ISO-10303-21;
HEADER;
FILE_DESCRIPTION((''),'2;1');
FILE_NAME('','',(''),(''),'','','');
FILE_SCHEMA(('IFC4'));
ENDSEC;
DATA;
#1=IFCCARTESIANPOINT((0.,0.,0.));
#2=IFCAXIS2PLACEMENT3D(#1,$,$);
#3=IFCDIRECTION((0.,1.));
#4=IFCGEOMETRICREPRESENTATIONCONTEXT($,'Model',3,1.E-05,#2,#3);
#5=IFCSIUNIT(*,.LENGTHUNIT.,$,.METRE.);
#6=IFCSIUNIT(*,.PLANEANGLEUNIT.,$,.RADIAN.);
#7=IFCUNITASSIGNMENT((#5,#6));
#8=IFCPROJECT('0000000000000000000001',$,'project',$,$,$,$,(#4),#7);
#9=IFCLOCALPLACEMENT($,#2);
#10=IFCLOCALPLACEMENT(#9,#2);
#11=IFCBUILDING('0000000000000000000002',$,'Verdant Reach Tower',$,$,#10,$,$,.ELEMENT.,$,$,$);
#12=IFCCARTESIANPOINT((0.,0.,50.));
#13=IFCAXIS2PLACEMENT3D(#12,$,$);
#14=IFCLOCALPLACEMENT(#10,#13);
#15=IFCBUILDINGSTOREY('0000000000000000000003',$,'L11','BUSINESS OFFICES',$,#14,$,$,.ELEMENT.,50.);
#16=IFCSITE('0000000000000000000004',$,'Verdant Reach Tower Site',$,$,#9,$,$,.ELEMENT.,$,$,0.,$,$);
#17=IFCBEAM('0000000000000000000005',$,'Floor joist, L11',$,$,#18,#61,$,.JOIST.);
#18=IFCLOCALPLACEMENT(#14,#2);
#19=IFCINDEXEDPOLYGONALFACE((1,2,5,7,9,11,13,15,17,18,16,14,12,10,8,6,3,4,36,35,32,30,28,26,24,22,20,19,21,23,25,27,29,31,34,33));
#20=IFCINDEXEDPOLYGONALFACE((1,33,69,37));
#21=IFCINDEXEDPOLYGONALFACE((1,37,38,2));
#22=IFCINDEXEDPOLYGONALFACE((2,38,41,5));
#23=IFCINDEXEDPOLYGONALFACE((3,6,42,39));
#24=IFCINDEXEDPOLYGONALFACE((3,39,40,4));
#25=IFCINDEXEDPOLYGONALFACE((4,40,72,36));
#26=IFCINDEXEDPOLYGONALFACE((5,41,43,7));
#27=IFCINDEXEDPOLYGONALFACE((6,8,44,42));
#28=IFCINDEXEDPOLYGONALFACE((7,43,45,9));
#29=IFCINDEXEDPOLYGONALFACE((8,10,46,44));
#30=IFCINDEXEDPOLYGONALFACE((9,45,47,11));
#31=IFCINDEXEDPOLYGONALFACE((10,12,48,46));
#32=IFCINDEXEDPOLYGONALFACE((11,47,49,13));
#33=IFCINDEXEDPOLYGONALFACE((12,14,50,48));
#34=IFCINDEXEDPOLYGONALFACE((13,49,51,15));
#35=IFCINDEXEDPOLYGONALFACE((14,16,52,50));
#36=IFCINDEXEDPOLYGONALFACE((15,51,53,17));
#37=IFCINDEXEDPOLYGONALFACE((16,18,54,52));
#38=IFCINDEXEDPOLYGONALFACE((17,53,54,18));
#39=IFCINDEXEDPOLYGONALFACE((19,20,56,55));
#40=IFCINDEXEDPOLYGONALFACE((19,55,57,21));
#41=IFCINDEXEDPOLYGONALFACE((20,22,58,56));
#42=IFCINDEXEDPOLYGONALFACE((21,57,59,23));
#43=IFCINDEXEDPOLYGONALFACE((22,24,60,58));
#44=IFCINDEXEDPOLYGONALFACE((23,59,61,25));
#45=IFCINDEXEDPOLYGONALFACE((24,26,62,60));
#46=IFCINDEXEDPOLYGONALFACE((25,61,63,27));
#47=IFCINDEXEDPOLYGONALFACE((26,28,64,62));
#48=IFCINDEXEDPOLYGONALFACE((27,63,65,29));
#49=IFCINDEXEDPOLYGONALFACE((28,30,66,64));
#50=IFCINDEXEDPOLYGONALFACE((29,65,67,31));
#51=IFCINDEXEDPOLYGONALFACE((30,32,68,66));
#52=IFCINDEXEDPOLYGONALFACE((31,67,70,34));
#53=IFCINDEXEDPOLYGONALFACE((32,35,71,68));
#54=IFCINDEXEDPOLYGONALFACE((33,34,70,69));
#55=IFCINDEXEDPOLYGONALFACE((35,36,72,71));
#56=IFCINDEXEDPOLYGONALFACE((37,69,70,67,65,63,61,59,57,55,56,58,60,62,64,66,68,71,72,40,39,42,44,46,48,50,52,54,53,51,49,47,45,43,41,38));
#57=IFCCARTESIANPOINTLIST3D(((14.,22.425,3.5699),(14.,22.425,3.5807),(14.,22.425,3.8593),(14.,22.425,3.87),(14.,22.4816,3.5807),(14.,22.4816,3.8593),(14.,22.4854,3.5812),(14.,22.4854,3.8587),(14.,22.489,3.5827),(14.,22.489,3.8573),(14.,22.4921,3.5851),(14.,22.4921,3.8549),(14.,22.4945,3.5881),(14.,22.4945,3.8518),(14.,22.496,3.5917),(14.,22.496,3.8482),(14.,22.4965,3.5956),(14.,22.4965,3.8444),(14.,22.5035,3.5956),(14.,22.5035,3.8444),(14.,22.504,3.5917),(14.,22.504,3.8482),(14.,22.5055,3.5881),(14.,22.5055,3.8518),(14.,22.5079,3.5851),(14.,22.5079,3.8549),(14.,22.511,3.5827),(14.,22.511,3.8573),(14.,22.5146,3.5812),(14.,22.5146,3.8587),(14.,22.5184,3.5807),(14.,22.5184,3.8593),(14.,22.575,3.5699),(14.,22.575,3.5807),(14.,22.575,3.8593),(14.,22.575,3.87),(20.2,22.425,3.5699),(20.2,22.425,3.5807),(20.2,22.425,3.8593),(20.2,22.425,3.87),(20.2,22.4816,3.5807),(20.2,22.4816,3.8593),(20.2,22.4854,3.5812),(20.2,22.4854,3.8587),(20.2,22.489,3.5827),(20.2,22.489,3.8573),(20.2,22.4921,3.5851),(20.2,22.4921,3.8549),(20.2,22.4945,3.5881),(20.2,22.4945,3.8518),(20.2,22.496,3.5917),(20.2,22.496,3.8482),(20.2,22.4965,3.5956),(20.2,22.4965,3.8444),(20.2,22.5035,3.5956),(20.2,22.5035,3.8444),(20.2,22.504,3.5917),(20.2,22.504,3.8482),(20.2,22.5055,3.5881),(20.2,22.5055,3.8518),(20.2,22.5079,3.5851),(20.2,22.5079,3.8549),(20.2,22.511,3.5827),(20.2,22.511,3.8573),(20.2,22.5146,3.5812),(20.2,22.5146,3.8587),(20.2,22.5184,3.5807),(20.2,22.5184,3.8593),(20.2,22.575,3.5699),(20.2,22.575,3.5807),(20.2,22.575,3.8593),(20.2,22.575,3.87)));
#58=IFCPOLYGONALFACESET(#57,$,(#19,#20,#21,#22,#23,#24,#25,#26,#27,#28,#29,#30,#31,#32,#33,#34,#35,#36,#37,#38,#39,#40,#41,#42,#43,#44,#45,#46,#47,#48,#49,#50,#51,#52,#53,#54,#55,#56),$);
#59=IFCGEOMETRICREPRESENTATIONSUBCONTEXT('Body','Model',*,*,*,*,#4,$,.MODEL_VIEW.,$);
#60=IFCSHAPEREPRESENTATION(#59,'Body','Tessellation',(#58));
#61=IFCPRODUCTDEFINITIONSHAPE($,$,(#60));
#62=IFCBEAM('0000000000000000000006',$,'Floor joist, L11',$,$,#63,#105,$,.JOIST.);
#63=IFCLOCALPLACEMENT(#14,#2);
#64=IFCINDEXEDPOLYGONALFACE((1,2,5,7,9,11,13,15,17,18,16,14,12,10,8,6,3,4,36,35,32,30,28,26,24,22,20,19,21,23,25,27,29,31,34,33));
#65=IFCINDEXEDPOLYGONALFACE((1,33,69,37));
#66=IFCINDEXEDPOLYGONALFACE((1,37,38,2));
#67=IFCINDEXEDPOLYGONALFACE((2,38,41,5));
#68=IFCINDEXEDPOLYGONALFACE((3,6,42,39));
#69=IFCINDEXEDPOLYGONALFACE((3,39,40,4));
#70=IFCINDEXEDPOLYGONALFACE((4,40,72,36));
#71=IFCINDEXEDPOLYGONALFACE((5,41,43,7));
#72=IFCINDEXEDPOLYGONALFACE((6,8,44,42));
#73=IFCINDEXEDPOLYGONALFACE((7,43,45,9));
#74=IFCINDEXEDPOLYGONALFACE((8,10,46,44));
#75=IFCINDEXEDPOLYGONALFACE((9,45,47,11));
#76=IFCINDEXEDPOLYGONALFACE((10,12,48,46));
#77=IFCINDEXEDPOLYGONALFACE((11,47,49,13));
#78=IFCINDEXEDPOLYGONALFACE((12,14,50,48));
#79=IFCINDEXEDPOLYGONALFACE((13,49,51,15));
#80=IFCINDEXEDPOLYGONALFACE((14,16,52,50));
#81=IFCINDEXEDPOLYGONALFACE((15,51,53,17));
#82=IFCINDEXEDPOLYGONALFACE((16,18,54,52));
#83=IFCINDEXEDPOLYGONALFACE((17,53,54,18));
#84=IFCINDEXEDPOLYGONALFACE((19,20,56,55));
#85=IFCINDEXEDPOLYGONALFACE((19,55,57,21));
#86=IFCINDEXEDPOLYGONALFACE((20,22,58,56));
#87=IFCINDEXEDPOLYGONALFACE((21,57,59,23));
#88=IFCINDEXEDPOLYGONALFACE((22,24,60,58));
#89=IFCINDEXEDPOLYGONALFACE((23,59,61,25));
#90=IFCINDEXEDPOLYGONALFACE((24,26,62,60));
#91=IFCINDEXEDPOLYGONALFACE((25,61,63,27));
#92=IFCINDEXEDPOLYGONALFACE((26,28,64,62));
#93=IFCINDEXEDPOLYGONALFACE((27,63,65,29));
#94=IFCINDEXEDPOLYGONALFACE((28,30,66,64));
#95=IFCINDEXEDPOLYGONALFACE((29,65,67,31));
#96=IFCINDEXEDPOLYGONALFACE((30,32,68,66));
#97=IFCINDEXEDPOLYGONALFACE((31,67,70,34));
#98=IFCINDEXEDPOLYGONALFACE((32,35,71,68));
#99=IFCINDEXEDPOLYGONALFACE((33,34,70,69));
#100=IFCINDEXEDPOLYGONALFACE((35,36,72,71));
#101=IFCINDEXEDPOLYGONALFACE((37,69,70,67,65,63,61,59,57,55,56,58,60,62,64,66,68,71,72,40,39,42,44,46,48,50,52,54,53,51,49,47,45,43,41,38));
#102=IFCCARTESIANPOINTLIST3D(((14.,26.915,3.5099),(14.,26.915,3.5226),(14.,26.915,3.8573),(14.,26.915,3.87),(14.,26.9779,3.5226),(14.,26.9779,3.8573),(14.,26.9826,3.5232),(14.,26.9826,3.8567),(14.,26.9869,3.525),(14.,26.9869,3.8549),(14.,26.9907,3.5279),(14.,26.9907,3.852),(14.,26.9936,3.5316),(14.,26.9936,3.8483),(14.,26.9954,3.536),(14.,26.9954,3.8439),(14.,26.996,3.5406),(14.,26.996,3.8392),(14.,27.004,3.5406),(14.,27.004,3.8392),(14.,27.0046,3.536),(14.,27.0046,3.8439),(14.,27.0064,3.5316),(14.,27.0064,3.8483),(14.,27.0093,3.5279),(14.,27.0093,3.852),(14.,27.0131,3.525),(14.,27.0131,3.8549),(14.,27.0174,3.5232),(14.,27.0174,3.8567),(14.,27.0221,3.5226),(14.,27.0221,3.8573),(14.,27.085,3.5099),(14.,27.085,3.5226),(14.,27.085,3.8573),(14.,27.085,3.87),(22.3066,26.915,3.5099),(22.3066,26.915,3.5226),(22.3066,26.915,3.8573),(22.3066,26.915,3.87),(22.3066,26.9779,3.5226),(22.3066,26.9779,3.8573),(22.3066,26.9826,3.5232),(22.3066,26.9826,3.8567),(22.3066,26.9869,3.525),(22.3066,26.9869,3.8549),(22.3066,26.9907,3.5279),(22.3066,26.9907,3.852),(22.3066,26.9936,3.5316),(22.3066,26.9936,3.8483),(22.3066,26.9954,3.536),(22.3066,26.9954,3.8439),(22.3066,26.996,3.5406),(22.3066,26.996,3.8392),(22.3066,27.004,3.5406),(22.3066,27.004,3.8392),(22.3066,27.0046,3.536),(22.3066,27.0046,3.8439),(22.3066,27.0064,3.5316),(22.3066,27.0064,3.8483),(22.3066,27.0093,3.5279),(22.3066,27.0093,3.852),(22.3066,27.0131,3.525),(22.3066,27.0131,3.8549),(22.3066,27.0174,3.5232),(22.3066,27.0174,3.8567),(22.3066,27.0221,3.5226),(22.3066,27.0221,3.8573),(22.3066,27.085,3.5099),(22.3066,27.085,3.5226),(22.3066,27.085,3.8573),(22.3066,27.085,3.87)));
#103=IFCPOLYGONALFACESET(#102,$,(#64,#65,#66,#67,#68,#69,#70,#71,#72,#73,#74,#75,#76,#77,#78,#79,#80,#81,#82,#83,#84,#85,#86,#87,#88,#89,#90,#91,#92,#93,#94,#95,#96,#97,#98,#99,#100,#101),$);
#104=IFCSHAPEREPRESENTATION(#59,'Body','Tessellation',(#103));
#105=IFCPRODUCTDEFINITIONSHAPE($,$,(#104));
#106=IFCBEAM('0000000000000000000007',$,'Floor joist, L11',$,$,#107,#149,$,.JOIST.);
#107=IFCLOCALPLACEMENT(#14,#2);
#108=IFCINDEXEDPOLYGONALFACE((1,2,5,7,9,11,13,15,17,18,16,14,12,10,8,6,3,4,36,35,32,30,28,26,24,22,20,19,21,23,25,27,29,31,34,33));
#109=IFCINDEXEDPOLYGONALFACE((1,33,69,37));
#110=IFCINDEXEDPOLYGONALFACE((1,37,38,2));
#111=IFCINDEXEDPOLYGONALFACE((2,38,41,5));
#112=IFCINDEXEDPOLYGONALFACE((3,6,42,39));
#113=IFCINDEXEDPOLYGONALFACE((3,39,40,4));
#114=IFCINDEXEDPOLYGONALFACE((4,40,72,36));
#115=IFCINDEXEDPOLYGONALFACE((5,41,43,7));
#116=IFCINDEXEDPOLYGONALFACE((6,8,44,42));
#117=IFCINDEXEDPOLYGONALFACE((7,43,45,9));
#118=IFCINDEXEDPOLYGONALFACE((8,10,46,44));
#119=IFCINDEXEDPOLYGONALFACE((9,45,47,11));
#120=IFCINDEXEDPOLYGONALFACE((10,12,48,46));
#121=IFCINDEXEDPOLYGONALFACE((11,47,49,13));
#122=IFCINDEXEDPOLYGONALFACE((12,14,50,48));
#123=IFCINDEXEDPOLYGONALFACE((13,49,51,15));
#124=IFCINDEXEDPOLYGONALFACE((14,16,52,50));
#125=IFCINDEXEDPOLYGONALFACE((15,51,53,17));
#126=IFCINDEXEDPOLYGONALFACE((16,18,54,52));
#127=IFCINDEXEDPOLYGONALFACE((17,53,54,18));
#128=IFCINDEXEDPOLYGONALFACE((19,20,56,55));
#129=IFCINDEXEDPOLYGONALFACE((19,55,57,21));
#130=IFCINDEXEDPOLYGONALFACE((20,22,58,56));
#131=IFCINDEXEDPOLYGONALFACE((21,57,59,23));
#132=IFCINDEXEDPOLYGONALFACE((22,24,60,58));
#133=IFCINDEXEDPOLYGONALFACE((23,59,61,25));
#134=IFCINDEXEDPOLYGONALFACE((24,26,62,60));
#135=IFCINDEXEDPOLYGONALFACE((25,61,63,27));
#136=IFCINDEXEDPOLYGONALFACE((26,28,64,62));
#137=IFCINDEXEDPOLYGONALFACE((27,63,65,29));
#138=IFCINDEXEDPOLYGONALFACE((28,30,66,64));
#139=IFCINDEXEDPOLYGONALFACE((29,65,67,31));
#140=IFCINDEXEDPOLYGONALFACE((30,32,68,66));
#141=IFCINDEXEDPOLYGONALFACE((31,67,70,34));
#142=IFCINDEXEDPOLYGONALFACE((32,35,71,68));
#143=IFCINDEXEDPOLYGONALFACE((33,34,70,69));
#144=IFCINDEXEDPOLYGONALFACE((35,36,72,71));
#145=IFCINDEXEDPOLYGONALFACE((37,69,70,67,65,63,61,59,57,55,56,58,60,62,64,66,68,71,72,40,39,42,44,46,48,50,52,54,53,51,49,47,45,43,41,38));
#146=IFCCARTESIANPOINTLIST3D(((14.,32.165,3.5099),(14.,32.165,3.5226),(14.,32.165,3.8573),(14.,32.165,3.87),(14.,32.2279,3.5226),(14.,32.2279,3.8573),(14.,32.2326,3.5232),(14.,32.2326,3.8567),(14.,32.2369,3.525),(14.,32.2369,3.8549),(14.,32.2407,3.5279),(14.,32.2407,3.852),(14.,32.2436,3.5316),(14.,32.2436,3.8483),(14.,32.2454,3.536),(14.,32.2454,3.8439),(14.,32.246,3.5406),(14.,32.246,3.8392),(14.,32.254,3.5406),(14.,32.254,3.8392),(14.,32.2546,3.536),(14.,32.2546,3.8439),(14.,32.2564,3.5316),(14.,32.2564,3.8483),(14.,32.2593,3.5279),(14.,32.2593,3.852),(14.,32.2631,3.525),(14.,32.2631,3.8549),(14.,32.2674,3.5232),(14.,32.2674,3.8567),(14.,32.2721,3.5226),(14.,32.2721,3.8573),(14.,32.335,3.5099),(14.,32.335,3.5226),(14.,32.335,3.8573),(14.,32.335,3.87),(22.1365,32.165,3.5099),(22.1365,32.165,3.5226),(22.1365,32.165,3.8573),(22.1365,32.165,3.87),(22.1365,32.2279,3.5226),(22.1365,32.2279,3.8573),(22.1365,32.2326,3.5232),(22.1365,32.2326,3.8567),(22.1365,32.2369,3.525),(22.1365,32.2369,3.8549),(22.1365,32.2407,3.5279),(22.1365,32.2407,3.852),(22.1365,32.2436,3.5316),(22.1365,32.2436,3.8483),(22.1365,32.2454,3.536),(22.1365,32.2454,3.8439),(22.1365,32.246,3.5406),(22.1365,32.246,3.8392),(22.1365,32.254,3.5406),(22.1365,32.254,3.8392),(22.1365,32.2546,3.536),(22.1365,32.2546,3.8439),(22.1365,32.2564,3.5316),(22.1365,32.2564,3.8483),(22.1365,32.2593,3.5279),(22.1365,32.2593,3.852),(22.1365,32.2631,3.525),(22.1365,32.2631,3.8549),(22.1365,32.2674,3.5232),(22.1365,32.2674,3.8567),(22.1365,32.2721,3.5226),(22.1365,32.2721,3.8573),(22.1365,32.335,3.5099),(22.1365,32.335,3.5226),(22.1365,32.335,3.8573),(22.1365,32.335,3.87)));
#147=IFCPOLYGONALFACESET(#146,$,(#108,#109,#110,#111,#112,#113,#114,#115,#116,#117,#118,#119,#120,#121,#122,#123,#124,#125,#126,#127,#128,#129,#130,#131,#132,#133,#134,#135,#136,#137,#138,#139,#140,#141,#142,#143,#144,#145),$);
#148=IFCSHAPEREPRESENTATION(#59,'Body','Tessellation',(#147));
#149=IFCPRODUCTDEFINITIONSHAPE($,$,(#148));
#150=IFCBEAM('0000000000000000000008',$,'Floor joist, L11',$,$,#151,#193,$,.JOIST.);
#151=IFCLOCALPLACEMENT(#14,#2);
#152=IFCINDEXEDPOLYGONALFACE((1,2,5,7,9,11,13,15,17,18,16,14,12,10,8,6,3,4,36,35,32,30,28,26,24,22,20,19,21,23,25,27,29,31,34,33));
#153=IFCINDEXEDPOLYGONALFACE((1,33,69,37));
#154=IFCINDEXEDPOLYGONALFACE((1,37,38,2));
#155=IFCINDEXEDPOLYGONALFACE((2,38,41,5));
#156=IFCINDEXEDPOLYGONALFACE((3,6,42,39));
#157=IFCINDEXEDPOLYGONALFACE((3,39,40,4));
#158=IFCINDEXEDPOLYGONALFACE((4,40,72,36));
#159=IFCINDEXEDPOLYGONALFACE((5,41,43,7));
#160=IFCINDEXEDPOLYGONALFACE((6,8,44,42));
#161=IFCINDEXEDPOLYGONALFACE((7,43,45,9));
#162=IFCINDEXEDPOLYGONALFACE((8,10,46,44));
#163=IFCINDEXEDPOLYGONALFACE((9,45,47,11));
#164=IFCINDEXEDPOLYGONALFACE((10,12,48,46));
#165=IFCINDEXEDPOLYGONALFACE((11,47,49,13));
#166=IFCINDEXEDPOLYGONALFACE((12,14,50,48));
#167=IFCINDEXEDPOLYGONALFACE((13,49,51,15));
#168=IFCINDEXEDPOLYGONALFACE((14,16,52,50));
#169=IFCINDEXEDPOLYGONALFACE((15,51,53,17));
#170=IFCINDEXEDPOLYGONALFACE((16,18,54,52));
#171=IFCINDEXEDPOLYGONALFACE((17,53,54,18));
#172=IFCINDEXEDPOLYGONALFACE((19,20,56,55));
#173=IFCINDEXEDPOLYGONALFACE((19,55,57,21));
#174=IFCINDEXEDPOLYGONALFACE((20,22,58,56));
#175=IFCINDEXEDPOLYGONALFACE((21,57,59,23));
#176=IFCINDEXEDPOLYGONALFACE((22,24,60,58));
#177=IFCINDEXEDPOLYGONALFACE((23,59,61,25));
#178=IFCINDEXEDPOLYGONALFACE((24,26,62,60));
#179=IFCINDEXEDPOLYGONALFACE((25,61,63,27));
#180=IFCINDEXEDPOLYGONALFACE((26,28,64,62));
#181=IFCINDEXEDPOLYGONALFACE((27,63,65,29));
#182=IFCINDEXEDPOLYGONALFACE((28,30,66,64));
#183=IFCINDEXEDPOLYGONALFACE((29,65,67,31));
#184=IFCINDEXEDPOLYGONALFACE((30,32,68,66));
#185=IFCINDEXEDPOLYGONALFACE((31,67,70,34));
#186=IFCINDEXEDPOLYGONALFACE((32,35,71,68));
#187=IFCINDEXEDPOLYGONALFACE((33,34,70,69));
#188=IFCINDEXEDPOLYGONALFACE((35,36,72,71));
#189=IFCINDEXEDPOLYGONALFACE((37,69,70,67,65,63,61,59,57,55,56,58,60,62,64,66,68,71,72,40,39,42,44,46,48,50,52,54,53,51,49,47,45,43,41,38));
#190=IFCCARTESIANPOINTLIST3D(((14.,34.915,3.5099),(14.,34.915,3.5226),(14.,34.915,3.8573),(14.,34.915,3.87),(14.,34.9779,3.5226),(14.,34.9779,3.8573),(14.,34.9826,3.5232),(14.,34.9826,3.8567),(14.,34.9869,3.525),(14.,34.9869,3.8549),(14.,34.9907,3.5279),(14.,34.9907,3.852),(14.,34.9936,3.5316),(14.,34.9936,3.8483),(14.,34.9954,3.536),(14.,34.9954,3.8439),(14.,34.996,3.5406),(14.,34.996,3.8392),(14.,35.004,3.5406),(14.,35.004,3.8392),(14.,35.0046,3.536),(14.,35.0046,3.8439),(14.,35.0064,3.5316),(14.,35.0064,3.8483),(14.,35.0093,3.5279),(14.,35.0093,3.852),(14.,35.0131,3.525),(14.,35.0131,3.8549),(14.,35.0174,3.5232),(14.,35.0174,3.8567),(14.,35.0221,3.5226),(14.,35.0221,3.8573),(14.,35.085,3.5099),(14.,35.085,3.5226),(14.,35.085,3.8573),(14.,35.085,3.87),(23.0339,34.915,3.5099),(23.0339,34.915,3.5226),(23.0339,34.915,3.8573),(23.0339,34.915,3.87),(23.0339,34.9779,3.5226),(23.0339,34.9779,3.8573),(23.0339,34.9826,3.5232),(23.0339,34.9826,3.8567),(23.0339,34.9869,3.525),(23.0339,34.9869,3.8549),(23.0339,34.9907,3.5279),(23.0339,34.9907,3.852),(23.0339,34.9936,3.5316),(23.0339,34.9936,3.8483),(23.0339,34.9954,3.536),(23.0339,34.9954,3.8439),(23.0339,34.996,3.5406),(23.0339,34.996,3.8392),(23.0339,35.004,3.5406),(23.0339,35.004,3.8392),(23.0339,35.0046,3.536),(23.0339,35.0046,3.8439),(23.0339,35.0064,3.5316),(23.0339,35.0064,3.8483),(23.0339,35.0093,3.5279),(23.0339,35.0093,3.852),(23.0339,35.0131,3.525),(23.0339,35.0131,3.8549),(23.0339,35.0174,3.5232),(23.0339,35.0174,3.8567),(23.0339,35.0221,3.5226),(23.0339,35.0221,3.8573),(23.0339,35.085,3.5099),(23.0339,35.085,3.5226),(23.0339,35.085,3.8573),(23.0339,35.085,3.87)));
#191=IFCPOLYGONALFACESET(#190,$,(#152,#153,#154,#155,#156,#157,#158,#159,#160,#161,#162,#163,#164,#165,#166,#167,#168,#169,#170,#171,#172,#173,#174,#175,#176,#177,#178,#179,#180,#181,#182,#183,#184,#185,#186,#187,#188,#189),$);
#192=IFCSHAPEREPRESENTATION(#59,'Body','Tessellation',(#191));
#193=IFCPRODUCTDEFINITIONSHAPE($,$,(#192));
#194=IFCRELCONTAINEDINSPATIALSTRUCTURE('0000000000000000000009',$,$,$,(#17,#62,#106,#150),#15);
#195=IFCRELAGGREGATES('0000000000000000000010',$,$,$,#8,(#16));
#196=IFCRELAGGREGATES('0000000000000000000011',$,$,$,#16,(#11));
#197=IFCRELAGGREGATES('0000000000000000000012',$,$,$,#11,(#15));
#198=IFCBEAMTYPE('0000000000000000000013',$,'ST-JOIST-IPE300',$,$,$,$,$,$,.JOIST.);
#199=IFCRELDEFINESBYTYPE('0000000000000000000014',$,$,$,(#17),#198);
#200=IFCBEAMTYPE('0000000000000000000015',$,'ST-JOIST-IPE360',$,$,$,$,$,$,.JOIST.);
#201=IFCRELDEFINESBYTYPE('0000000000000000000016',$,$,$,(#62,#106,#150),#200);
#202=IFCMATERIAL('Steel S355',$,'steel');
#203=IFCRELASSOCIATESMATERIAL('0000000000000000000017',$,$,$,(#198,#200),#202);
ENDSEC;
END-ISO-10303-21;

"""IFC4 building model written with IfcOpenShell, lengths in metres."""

from ifc_helpers import new_model, si_unit, direction, frame, origin, origin_2d, place, context, subcontext, project, spatial, i_section, extrude, material, material_profile, profile_set, type_object, element, save


model = new_model("IFC4")

# Units and contexts
model_context = context("Model", 3, precision=1e-05, world=origin(), true_north=direction((0.0, 1.0)))
body_context = subcontext(model_context, "Body", "Model", "MODEL_VIEW")
ifc_project = project(units=[si_unit("LENGTHUNIT", "METRE"), si_unit("PLANEANGLEUNIT", "RADIAN")], contexts=[model_context])

# Site, building, storey
site_placement = place(None, origin())
site = spatial("IfcSite", under=ifc_project, at=site_placement, Name="Verdant Reach Tower Site", CompositionType="ELEMENT", RefElevation=0.0)
building_placement = place(site_placement, origin())
building = spatial("IfcBuilding", under=site, at=building_placement, Name="Verdant Reach Tower", CompositionType="ELEMENT")
storey_placement = place(building_placement, frame((0.0, 0.0, 50.0)))
storey = spatial("IfcBuildingStorey", under=building, at=storey_placement, Name="L11", Description="BUSINESS OFFICES", CompositionType="ELEMENT", Elevation=50.0)

# Beams
ifc_material_1 = material(Name="Steel S355", Category="steel")
ifc_material_profile_1 = material_profile(ifc_material_1, i_section(OverallWidth=0.1499, OverallDepth=0.3, WebThickness=0.0071, FlangeThickness=0.0107, FilletRadius=0.0149, at=origin_2d()), Name="IPE 300")
ifc_profile_set_1 = profile_set([ifc_material_profile_1], Name="Steel S355")
beam_type_1 = type_object("IfcBeamType", Name="ST-JOIST-IPE300", PredefinedType="JOIST", material=ifc_profile_set_1)
beam_1_placement = place(storey_placement, frame((14.0, 22.5, 3.72), z_axis=(1.0, 0.0, 0.0), x_axis=(0.0, 1.0, 0.0)))
element("IfcBeam", 1, at=beam_1_placement, inside=storey, type_object=beam_type_1, Name="Floor joist, L11", PredefinedType="JOIST", context=body_context, shape_type="SweptSolid", body=[
    extrude(i_section(OverallWidth=0.1499, OverallDepth=0.3, WebThickness=0.0071, FlangeThickness=0.0107, FilletRadius=0.0149, at=origin_2d()), origin(), (0.0, 0.0, 1.0), 6.2),
])
ifc_material_profile_2 = material_profile(ifc_material_1, i_section(OverallWidth=0.1699, OverallDepth=0.3601, WebThickness=0.0081, FlangeThickness=0.0127, FilletRadius=0.0181, at=origin_2d()), Name="IPE 360")
ifc_profile_set_2 = profile_set([ifc_material_profile_2], Name="Steel S355")
beam_type_2 = type_object("IfcBeamType", Name="ST-JOIST-IPE360", PredefinedType="JOIST", material=ifc_profile_set_2)
beam_2_placement = place(storey_placement, frame((14.0, 27.0, 3.6899), z_axis=(1.0, 0.0, 0.0), x_axis=(0.0, 1.0, 0.0)))
element("IfcBeam", 2, at=beam_2_placement, inside=storey, type_object=beam_type_2, Name="Floor joist, L11", PredefinedType="JOIST", context=body_context, shape_type="SweptSolid", body=[
    extrude(i_section(OverallWidth=0.1699, OverallDepth=0.3601, WebThickness=0.0081, FlangeThickness=0.0127, FilletRadius=0.0181, at=origin_2d()), origin(), (0.0, 0.0, 1.0), 8.3066),
])
beam_3_placement = place(storey_placement, frame((14.0, 32.25, 3.6899), z_axis=(1.0, 0.0, 0.0), x_axis=(0.0, 1.0, 0.0)))
element("IfcBeam", 3, at=beam_3_placement, inside=storey, type_object=beam_type_2, Name="Floor joist, L11", PredefinedType="JOIST", context=body_context, shape_type="SweptSolid", body=[
    extrude(i_section(OverallWidth=0.1699, OverallDepth=0.3601, WebThickness=0.0081, FlangeThickness=0.0127, FilletRadius=0.0181, at=origin_2d()), origin(), (0.0, 0.0, 1.0), 8.1365),
])
beam_4_placement = place(storey_placement, frame((14.0, 35.0, 3.6899), z_axis=(1.0, 0.0, 0.0), x_axis=(0.0, 1.0, 0.0)))
element("IfcBeam", 4, at=beam_4_placement, inside=storey, type_object=beam_type_2, Name="Floor joist, L11", PredefinedType="JOIST", context=body_context, shape_type="SweptSolid", body=[
    extrude(i_section(OverallWidth=0.1699, OverallDepth=0.3601, WebThickness=0.0081, FlangeThickness=0.0127, FilletRadius=0.0181, at=origin_2d()), origin(), (0.0, 0.0, 1.0), 9.0339),
])

save(model, "model.ifc")
